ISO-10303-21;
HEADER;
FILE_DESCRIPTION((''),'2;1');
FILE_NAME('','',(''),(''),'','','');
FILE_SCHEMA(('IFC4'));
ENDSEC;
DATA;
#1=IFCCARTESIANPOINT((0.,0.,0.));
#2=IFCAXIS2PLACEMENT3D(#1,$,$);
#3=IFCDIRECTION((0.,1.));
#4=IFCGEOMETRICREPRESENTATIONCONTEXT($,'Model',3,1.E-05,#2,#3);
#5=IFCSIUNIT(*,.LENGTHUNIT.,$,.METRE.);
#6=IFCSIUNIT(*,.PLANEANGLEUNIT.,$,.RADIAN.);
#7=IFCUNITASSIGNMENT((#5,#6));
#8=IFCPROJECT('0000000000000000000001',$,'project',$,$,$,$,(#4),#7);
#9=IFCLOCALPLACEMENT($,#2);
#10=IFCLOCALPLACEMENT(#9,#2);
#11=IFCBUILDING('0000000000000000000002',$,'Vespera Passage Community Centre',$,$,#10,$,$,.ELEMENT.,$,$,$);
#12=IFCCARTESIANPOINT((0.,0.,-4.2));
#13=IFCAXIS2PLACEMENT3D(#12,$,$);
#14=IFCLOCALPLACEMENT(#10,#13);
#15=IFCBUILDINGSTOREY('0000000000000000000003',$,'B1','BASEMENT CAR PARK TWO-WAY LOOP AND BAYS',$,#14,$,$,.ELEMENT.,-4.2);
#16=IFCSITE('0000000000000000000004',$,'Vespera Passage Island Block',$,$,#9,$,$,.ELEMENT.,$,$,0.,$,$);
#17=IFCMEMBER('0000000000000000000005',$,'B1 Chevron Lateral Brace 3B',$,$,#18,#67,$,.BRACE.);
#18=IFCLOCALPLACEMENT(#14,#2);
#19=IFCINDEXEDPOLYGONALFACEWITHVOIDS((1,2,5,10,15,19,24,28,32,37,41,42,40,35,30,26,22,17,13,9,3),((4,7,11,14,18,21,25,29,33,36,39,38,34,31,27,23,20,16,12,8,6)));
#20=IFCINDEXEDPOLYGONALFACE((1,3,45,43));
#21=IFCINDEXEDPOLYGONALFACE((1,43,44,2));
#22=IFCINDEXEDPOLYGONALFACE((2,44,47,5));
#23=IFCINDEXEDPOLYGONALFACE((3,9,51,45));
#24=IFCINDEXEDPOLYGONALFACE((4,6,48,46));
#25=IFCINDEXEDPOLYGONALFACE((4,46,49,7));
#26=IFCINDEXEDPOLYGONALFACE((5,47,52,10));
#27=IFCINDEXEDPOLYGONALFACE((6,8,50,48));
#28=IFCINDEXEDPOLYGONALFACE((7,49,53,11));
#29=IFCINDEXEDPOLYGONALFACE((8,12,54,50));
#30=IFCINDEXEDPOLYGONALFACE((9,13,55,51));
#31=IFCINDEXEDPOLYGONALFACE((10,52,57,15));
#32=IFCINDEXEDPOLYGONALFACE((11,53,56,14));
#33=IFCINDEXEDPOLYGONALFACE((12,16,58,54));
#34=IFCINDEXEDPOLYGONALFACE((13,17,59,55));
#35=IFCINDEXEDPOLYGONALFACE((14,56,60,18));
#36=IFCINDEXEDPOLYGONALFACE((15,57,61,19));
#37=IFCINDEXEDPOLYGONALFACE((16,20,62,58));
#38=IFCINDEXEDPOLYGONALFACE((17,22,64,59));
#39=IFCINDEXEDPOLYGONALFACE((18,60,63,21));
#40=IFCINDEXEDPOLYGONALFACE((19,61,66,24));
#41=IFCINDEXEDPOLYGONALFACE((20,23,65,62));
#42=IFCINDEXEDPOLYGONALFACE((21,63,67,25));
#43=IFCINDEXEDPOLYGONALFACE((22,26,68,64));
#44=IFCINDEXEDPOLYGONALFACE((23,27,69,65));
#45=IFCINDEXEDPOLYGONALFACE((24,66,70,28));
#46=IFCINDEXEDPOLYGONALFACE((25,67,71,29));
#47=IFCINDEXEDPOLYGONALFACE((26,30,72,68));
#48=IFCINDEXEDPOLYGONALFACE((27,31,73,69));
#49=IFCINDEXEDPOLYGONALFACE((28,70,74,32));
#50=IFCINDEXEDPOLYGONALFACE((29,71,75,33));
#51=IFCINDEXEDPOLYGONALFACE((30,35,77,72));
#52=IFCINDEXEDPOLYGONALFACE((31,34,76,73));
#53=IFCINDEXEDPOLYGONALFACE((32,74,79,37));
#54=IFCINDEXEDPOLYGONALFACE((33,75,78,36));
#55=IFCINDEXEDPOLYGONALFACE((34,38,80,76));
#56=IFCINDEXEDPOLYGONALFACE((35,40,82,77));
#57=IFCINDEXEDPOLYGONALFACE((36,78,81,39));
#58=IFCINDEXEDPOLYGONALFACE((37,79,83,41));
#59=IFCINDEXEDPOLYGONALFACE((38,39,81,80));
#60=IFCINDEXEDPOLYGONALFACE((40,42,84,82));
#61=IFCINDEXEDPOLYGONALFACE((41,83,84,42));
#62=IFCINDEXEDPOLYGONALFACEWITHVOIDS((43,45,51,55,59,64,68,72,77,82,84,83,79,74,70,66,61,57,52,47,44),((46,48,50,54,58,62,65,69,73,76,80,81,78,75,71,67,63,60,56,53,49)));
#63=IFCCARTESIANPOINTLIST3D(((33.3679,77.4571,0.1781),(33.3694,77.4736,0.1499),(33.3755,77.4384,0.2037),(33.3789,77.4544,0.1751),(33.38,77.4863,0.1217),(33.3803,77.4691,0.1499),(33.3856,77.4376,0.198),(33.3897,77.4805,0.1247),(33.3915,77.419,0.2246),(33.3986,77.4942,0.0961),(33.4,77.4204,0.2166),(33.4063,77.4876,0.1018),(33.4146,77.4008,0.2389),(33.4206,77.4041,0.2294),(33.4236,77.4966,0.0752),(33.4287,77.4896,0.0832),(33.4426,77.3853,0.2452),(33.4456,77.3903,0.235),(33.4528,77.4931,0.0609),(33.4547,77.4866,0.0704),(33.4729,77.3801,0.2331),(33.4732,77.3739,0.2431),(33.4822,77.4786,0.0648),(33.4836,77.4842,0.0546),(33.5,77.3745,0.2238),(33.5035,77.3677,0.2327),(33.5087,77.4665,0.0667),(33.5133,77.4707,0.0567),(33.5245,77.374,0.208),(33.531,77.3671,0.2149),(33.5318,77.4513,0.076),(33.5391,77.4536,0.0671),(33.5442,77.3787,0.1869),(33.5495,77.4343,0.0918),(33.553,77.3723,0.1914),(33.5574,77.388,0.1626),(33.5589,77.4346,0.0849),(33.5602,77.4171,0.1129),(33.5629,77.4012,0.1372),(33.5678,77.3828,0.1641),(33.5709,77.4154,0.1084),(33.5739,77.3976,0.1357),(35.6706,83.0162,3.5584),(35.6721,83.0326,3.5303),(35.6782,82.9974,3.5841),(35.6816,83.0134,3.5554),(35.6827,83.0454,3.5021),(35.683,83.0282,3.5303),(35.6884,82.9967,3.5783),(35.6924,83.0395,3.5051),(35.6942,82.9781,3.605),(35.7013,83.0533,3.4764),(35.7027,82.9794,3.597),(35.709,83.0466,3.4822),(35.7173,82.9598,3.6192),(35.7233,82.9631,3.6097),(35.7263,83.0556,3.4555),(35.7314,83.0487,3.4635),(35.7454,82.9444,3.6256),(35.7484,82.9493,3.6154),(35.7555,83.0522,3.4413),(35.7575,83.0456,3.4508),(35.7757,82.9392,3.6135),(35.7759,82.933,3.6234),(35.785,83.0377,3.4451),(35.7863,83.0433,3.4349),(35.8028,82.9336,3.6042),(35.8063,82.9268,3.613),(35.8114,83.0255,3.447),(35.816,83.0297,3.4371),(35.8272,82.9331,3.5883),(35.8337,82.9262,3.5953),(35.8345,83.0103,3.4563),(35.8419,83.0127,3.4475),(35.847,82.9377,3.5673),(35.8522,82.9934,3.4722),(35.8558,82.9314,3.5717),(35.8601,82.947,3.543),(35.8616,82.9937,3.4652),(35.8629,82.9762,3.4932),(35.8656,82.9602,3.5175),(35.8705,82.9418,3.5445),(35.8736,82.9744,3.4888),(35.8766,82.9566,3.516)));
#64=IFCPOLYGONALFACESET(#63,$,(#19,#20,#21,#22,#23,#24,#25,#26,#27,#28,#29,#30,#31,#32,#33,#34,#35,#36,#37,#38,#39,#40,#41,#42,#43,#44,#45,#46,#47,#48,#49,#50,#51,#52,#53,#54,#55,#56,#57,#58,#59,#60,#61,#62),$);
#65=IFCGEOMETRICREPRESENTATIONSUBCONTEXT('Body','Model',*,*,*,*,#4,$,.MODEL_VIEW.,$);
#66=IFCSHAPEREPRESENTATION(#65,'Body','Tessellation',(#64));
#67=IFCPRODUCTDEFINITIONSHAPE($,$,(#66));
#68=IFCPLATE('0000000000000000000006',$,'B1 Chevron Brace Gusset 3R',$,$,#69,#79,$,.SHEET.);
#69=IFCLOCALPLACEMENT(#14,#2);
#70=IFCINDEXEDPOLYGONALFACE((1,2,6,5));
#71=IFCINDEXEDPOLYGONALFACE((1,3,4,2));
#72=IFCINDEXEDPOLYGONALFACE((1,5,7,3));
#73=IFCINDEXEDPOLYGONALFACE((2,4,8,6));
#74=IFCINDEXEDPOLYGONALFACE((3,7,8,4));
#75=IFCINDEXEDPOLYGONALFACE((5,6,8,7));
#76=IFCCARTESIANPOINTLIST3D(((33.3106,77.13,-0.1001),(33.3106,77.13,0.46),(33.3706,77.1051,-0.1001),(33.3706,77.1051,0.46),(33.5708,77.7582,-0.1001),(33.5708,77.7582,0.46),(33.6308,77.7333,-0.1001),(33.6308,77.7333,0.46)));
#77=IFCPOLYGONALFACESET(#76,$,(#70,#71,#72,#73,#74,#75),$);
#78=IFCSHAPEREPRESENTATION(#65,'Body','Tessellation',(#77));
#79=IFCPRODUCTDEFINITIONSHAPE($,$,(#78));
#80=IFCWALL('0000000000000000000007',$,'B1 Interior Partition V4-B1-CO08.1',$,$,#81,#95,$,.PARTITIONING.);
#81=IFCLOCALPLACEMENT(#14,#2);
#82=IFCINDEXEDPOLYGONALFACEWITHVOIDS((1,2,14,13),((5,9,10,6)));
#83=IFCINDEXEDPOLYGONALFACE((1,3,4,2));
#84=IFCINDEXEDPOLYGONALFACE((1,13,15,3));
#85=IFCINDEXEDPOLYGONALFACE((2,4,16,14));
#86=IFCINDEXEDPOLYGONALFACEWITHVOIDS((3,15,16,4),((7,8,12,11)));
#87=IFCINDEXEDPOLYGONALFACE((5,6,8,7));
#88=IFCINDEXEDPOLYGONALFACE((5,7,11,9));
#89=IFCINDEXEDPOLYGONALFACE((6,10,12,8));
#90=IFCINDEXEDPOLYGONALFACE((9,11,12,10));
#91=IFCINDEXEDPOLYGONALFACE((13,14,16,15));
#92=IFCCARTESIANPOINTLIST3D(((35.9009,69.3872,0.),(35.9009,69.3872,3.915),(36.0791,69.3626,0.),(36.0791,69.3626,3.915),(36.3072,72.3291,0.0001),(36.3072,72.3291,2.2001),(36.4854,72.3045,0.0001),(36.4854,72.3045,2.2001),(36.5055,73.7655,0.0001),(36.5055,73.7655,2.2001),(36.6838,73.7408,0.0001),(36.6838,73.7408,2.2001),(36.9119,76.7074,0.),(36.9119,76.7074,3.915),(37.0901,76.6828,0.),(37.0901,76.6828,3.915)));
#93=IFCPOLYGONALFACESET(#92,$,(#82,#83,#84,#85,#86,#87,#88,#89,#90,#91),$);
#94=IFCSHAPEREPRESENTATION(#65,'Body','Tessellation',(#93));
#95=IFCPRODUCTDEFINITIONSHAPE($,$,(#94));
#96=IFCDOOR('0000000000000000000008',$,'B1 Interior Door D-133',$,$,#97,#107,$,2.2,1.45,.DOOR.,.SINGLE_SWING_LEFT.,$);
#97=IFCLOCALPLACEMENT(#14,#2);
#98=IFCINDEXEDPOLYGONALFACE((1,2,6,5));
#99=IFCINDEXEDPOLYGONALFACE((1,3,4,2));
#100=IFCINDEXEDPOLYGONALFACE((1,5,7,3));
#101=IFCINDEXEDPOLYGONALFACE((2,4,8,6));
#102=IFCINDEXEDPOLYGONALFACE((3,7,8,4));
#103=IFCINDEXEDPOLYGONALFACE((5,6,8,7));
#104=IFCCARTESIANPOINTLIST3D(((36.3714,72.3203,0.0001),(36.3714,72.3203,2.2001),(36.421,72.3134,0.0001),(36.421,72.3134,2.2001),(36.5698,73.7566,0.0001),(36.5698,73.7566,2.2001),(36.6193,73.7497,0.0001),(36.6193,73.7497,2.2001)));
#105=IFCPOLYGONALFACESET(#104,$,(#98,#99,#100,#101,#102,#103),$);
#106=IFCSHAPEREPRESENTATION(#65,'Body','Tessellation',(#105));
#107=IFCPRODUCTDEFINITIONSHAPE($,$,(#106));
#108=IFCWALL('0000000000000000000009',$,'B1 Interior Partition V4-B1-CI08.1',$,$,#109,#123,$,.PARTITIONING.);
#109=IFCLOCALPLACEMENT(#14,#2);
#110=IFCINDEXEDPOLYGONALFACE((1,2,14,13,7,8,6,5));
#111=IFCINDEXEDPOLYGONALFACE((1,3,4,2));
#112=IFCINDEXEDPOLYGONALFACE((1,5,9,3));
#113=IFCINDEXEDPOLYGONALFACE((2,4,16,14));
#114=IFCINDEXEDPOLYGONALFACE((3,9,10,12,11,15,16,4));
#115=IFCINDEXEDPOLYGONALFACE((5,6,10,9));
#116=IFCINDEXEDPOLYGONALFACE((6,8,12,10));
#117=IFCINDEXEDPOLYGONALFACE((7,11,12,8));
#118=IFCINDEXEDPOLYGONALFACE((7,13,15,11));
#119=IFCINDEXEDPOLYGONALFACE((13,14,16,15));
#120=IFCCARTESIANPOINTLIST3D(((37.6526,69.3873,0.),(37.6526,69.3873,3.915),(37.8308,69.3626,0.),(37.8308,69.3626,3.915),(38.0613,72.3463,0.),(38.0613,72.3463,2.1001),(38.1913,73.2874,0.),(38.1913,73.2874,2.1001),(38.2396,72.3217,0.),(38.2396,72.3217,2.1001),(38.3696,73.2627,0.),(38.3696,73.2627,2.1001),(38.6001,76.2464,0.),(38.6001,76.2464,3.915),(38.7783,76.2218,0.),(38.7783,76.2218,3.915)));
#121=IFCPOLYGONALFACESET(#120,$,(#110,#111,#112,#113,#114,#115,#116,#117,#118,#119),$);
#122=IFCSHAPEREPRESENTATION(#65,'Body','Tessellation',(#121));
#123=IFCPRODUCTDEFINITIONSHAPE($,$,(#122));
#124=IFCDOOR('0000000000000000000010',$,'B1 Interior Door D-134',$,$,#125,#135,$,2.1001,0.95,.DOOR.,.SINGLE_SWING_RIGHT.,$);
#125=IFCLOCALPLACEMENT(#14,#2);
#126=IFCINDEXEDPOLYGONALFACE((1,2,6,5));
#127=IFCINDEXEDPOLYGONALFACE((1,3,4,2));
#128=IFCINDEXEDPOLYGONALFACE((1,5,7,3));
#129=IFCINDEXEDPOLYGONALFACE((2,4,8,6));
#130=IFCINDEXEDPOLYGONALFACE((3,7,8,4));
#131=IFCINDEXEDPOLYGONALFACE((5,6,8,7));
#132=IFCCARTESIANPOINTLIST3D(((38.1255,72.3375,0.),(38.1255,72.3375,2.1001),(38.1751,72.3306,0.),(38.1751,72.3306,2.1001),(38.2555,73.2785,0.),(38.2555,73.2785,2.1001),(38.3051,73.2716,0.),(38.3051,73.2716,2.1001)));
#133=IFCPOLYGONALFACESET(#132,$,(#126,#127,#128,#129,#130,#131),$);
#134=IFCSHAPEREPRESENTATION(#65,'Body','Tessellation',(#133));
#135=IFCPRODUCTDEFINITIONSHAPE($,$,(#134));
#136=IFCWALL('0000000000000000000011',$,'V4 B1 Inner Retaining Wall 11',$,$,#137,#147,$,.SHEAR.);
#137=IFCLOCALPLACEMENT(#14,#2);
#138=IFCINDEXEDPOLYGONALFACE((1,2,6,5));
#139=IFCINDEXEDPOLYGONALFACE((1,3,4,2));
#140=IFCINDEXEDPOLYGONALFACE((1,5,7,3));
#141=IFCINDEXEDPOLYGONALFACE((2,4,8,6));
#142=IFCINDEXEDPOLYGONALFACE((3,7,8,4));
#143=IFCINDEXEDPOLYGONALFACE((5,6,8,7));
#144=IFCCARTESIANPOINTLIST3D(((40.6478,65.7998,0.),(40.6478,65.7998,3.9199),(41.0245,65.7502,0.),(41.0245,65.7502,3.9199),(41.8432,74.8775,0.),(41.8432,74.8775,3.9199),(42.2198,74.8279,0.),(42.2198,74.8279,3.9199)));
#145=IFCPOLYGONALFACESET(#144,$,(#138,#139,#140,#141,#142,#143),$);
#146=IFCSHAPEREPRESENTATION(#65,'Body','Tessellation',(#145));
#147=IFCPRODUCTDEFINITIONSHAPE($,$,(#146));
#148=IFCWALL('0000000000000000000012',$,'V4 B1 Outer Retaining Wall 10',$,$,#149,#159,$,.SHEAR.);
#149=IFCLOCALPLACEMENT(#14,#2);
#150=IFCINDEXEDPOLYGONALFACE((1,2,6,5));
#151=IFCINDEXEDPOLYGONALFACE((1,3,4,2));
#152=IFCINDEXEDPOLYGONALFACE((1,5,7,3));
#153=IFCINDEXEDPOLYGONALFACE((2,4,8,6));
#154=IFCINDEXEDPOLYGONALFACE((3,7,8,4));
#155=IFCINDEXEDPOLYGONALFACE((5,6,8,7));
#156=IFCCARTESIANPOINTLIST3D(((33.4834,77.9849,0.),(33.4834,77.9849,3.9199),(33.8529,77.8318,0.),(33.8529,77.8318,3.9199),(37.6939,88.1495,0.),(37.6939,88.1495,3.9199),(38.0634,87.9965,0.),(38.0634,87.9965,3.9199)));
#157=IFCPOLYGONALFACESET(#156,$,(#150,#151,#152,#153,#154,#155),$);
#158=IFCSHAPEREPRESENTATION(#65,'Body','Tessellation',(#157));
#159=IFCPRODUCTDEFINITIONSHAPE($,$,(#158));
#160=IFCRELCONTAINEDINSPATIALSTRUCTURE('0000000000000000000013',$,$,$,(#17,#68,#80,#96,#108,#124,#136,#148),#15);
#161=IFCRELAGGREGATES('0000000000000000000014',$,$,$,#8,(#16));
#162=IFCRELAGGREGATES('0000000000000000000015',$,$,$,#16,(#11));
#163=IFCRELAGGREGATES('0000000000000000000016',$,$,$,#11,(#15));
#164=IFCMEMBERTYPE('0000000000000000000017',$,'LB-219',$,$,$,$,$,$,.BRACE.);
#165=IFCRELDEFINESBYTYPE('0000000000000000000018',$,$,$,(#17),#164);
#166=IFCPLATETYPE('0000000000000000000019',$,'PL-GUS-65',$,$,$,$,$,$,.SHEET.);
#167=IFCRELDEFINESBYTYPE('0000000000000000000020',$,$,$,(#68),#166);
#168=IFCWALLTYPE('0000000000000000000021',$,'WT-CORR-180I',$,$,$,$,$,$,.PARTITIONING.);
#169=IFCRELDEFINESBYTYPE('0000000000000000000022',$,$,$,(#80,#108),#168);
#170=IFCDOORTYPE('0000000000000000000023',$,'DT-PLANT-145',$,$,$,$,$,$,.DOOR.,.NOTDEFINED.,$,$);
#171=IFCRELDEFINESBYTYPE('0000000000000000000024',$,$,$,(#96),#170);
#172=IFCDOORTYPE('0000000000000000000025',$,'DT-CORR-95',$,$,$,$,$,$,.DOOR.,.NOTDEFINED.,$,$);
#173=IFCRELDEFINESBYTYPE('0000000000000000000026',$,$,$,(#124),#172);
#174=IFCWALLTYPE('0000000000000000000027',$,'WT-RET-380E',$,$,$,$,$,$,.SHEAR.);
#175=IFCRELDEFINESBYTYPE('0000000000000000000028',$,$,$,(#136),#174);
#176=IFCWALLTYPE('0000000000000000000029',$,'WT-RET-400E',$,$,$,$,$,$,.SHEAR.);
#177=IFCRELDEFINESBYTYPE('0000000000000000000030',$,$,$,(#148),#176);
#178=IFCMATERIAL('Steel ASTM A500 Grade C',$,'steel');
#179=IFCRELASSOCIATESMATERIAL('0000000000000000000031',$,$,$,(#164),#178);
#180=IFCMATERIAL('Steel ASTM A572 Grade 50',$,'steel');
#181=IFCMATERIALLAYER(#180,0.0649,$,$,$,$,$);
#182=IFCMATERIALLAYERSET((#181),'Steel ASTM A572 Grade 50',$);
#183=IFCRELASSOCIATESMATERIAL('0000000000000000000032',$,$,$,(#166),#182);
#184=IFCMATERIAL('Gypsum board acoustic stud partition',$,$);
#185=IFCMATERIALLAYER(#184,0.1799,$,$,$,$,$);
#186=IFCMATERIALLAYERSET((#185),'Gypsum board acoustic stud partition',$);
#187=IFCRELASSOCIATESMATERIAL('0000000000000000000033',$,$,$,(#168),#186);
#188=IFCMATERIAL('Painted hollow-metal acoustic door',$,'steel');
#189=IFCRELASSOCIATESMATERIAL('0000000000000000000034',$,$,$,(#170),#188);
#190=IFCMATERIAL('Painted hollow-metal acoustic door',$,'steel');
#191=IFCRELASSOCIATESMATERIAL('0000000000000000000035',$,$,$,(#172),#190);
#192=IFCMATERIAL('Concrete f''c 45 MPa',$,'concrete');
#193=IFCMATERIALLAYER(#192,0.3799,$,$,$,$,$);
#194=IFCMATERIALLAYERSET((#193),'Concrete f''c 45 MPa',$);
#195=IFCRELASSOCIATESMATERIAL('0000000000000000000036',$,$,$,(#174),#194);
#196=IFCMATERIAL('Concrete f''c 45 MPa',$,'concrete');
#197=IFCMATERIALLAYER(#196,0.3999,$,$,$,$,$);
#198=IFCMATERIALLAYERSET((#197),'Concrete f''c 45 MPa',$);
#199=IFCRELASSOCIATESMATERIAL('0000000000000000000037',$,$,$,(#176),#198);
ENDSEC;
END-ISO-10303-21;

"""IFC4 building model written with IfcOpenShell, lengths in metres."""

from ifc_helpers import new_model, si_unit, direction, frame, frame_2d, origin, origin_2d, place, context, subcontext, project, spatial, rectangle, hollow_circle, extrude, material, layer, layer_set, material_profile, profile_set, type_object, element, fill, save


model = new_model("IFC4")

# Units and contexts
model_context = context("Model", 3, precision=1e-05, world=origin(), true_north=direction((0.0, 1.0)))
body_context = subcontext(model_context, "Body", "Model", "MODEL_VIEW")
ifc_project = project(units=[si_unit("LENGTHUNIT", "METRE"), si_unit("PLANEANGLEUNIT", "RADIAN")], contexts=[model_context])

# Site, building, storey
site_placement = place(None, origin())
site = spatial("IfcSite", under=ifc_project, at=site_placement, Name="Vespera Passage Island Block", CompositionType="ELEMENT", RefElevation=0.0)
building_placement = place(site_placement, origin())
building = spatial("IfcBuilding", under=site, at=building_placement, Name="Vespera Passage Community Centre", CompositionType="ELEMENT")
storey_placement = place(building_placement, frame((0.0, 0.0, -4.2)))
storey = spatial("IfcBuildingStorey", under=building, at=storey_placement, Name="B1", Description="BASEMENT CAR PARK TWO-WAY LOOP AND BAYS", CompositionType="ELEMENT", Elevation=-4.2)

# Member
ifc_material_1 = material(Name="Steel ASTM A500 Grade C", Category="steel")
ifc_material_profile_1 = material_profile(ifc_material_1, hollow_circle(Radius=0.1096, WallThickness=0.0117, at=origin_2d()), Name="CHS219X12.7")
ifc_profile_set_1 = profile_set([ifc_material_profile_1], Name="Steel ASTM A500 Grade C")
member_type = type_object("IfcMemberType", Name="LB-219", PredefinedType="BRACE", material=ifc_profile_set_1)
member_placement = place(storey_placement, frame((33.4707, 77.4316, 0.1499), z_axis=(0.333649, 0.80547, 0.489791), x_axis=(-0.923874, 0.382696, 0.0)))
element("IfcMember", 1, at=member_placement, inside=storey, type_object=member_type, Name="B1 Chevron Lateral Brace 3B", PredefinedType="BRACE", context=body_context, shape_type="SweptSolid", body=[
    extrude(hollow_circle(Radius=0.1096, WallThickness=0.0117, at=origin_2d()), origin(), (0.0, 0.0, 1.0), 6.9016),
])

# Plate
ifc_material_2 = material(Name="Steel ASTM A572 Grade 50", Category="steel")
ifc_layer_1 = layer(ifc_material_2, 0.0649)
ifc_layer_set_1 = layer_set([ifc_layer_1], Name="Steel ASTM A572 Grade 50")
plate_type = type_object("IfcPlateType", Name="PL-GUS-65", PredefinedType="SHEET", material=ifc_layer_set_1)
plate_placement = place(storey_placement, frame((33.4707, 77.4316, -0.1001), z_axis=(0.0, 0.0, 1.0), x_axis=(-0.382683, -0.92388, 0.0)))
element("IfcPlate", 2, at=plate_placement, inside=storey, type_object=plate_type, Name="B1 Chevron Brace Gusset 3R", PredefinedType="SHEET", context=body_context, shape_type="SweptSolid", body=[
    extrude(rectangle(XDim=0.6799, YDim=0.0649, at=origin_2d()), origin(), (0.0, 0.0, 1.0), 0.5601),
])

# Walls, openings, doors
ifc_material_3 = material(Name="Gypsum board acoustic stud partition")
ifc_layer_2 = layer(ifc_material_3, 0.1799)
ifc_layer_set_2 = layer_set([ifc_layer_2], Name="Gypsum board acoustic stud partition")
wall_type_1 = type_object("IfcWallType", Name="WT-CORR-180I", PredefinedType="PARTITIONING", material=ifc_layer_set_2)
wall_1_placement = place(storey_placement, frame((37.001, 76.6951, 0.0), z_axis=(0.0, 0.0, 1.0), x_axis=(-0.136813, -0.990597, 0.0)))
wall_1 = element("IfcWall", 3, at=wall_1_placement, inside=storey, type_object=wall_type_1, Name="B1 Interior Partition V4-B1-CO08.1", PredefinedType="PARTITIONING", context=body_context, shape_type="SweptSolid", body=[
    extrude(rectangle(XDim=7.3896, YDim=0.1799, at=frame_2d((3.6948, 0.0))), origin(), (0.0, 0.0, 1.0), 3.915),
])
opening_1_placement = place(wall_1_placement, frame((2.9697, 0.0, 0.0)))
opening_1 = element("IfcOpeningElement", 4, at=opening_1_placement, cuts=wall_1, PredefinedType="OPENING", context=body_context, shape_type="SweptSolid", body=[
    extrude(rectangle(XDim=1.45, YDim=2.2, at=frame_2d((0.7251, 1.1001))), frame((0.0, 0.0999, 0.0), z_axis=(0.0, -1.0, 0.0), x_axis=(1.0, 0.0, 0.0)), (0.0, 0.0, 1.0), 0.2),
])
ifc_material_4 = material(Name="Painted hollow-metal acoustic door", Category="steel")
door_type_1 = type_object("IfcDoorType", Name="DT-PLANT-145", OperationType="NOTDEFINED", PredefinedType="DOOR", material=ifc_material_4)
door_1_placement = place(opening_1_placement, origin())
door_1 = element("IfcDoor", 5, at=door_1_placement, inside=storey, type_object=door_type_1, Name="B1 Interior Door D-133", OperationType="SINGLE_SWING_LEFT", OverallHeight=2.2, OverallWidth=1.45, PredefinedType="DOOR", context=body_context, shape_type="SweptSolid", body=[
    extrude(rectangle(XDim=1.45, YDim=2.2, at=frame_2d((0.7251, 1.1001))), frame((0.0, 0.0249, 0.0), z_axis=(0.0, -1.0, 0.0), x_axis=(1.0, 0.0, 0.0)), (0.0, 0.0, 1.0), 0.05),
])
fill(opening_1, door_1)
wall_2_placement = place(storey_placement, frame((38.6892, 76.2341, 0.0), z_axis=(0.0, 0.0, 1.0), x_axis=(-0.136839, -0.990593, 0.0)))
wall_2 = element("IfcWall", 6, at=wall_2_placement, inside=storey, type_object=wall_type_1, Name="B1 Interior Partition V4-B1-CI08.1", PredefinedType="PARTITIONING", context=body_context, shape_type="SweptSolid", body=[
    extrude(rectangle(XDim=6.9243, YDim=0.1799, at=frame_2d((3.4622, 0.0))), origin(), (0.0, 0.0, 1.0), 3.915),
])
opening_2_placement = place(wall_2_placement, frame((2.9871, 0.0, 0.0)))
opening_2 = element("IfcOpeningElement", 7, at=opening_2_placement, cuts=wall_2, PredefinedType="OPENING", context=body_context, shape_type="SweptSolid", body=[
    extrude(rectangle(XDim=0.95, YDim=2.1001, at=frame_2d((0.4751, 1.05))), frame((0.0, 0.0999, 0.0), z_axis=(0.0, -1.0, 0.0), x_axis=(1.0, 0.0, 0.0)), (0.0, 0.0, 1.0), 0.2),
])
ifc_material_5 = material(Name="Painted hollow-metal acoustic door", Category="steel")
door_type_2 = type_object("IfcDoorType", Name="DT-CORR-95", OperationType="NOTDEFINED", PredefinedType="DOOR", material=ifc_material_5)
door_2_placement = place(opening_2_placement, origin())
door_2 = element("IfcDoor", 8, at=door_2_placement, inside=storey, type_object=door_type_2, Name="B1 Interior Door D-134", OperationType="SINGLE_SWING_RIGHT", OverallHeight=2.1001, OverallWidth=0.95, PredefinedType="DOOR", context=body_context, shape_type="SweptSolid", body=[
    extrude(rectangle(XDim=0.95, YDim=2.1001, at=frame_2d((0.4751, 1.05))), frame((0.0, 0.0249, 0.0), z_axis=(0.0, -1.0, 0.0), x_axis=(1.0, 0.0, 0.0)), (0.0, 0.0, 1.0), 0.05),
])
fill(opening_2, door_2)

# Walls
ifc_material_6 = material(Name="Concrete f'c 45 MPa", Category="concrete")
ifc_layer_3 = layer(ifc_material_6, 0.3799)
ifc_layer_set_3 = layer_set([ifc_layer_3], Name="Concrete f'c 45 MPa")
wall_type_2 = type_object("IfcWallType", Name="WT-RET-380E", PredefinedType="SHEAR", material=ifc_layer_set_3)
wall_3_placement = place(storey_placement, frame((42.0315, 74.8528, 0.0), z_axis=(0.0, 0.0, 1.0), x_axis=(-0.13055, -0.991442, 0.0)))
element("IfcWall", 9, at=wall_3_placement, inside=storey, type_object=wall_type_2, Name="V4 B1 Inner Retaining Wall 11", PredefinedType="SHEAR", context=body_context, shape_type="SweptSolid", body=[
    extrude(rectangle(XDim=9.156, YDim=0.3799, at=frame_2d((4.5781, 0.0))), origin(), (0.0, 0.0, 1.0), 3.9199),
])
ifc_material_7 = material(Name="Concrete f'c 45 MPa", Category="concrete")
ifc_layer_4 = layer(ifc_material_7, 0.3999)
ifc_layer_set_4 = layer_set([ifc_layer_4], Name="Concrete f'c 45 MPa")
wall_type_3 = type_object("IfcWallType", Name="WT-RET-400E", PredefinedType="SHEAR", material=ifc_layer_set_4)
wall_4_placement = place(storey_placement, frame((33.6682, 77.9084, 0.0), z_axis=(0.0, 0.0, 1.0), x_axis=(0.382695, 0.923875, 0.0)))
element("IfcWall", 10, at=wall_4_placement, inside=storey, type_object=wall_type_3, Name="V4 B1 Outer Retaining Wall 10", PredefinedType="SHEAR", context=body_context, shape_type="SweptSolid", body=[
    extrude(rectangle(XDim=11.0022, YDim=0.3999, at=frame_2d((5.501, 0.0))), origin(), (0.0, 0.0, 1.0), 3.9199),
])

save(model, "model.ifc")
